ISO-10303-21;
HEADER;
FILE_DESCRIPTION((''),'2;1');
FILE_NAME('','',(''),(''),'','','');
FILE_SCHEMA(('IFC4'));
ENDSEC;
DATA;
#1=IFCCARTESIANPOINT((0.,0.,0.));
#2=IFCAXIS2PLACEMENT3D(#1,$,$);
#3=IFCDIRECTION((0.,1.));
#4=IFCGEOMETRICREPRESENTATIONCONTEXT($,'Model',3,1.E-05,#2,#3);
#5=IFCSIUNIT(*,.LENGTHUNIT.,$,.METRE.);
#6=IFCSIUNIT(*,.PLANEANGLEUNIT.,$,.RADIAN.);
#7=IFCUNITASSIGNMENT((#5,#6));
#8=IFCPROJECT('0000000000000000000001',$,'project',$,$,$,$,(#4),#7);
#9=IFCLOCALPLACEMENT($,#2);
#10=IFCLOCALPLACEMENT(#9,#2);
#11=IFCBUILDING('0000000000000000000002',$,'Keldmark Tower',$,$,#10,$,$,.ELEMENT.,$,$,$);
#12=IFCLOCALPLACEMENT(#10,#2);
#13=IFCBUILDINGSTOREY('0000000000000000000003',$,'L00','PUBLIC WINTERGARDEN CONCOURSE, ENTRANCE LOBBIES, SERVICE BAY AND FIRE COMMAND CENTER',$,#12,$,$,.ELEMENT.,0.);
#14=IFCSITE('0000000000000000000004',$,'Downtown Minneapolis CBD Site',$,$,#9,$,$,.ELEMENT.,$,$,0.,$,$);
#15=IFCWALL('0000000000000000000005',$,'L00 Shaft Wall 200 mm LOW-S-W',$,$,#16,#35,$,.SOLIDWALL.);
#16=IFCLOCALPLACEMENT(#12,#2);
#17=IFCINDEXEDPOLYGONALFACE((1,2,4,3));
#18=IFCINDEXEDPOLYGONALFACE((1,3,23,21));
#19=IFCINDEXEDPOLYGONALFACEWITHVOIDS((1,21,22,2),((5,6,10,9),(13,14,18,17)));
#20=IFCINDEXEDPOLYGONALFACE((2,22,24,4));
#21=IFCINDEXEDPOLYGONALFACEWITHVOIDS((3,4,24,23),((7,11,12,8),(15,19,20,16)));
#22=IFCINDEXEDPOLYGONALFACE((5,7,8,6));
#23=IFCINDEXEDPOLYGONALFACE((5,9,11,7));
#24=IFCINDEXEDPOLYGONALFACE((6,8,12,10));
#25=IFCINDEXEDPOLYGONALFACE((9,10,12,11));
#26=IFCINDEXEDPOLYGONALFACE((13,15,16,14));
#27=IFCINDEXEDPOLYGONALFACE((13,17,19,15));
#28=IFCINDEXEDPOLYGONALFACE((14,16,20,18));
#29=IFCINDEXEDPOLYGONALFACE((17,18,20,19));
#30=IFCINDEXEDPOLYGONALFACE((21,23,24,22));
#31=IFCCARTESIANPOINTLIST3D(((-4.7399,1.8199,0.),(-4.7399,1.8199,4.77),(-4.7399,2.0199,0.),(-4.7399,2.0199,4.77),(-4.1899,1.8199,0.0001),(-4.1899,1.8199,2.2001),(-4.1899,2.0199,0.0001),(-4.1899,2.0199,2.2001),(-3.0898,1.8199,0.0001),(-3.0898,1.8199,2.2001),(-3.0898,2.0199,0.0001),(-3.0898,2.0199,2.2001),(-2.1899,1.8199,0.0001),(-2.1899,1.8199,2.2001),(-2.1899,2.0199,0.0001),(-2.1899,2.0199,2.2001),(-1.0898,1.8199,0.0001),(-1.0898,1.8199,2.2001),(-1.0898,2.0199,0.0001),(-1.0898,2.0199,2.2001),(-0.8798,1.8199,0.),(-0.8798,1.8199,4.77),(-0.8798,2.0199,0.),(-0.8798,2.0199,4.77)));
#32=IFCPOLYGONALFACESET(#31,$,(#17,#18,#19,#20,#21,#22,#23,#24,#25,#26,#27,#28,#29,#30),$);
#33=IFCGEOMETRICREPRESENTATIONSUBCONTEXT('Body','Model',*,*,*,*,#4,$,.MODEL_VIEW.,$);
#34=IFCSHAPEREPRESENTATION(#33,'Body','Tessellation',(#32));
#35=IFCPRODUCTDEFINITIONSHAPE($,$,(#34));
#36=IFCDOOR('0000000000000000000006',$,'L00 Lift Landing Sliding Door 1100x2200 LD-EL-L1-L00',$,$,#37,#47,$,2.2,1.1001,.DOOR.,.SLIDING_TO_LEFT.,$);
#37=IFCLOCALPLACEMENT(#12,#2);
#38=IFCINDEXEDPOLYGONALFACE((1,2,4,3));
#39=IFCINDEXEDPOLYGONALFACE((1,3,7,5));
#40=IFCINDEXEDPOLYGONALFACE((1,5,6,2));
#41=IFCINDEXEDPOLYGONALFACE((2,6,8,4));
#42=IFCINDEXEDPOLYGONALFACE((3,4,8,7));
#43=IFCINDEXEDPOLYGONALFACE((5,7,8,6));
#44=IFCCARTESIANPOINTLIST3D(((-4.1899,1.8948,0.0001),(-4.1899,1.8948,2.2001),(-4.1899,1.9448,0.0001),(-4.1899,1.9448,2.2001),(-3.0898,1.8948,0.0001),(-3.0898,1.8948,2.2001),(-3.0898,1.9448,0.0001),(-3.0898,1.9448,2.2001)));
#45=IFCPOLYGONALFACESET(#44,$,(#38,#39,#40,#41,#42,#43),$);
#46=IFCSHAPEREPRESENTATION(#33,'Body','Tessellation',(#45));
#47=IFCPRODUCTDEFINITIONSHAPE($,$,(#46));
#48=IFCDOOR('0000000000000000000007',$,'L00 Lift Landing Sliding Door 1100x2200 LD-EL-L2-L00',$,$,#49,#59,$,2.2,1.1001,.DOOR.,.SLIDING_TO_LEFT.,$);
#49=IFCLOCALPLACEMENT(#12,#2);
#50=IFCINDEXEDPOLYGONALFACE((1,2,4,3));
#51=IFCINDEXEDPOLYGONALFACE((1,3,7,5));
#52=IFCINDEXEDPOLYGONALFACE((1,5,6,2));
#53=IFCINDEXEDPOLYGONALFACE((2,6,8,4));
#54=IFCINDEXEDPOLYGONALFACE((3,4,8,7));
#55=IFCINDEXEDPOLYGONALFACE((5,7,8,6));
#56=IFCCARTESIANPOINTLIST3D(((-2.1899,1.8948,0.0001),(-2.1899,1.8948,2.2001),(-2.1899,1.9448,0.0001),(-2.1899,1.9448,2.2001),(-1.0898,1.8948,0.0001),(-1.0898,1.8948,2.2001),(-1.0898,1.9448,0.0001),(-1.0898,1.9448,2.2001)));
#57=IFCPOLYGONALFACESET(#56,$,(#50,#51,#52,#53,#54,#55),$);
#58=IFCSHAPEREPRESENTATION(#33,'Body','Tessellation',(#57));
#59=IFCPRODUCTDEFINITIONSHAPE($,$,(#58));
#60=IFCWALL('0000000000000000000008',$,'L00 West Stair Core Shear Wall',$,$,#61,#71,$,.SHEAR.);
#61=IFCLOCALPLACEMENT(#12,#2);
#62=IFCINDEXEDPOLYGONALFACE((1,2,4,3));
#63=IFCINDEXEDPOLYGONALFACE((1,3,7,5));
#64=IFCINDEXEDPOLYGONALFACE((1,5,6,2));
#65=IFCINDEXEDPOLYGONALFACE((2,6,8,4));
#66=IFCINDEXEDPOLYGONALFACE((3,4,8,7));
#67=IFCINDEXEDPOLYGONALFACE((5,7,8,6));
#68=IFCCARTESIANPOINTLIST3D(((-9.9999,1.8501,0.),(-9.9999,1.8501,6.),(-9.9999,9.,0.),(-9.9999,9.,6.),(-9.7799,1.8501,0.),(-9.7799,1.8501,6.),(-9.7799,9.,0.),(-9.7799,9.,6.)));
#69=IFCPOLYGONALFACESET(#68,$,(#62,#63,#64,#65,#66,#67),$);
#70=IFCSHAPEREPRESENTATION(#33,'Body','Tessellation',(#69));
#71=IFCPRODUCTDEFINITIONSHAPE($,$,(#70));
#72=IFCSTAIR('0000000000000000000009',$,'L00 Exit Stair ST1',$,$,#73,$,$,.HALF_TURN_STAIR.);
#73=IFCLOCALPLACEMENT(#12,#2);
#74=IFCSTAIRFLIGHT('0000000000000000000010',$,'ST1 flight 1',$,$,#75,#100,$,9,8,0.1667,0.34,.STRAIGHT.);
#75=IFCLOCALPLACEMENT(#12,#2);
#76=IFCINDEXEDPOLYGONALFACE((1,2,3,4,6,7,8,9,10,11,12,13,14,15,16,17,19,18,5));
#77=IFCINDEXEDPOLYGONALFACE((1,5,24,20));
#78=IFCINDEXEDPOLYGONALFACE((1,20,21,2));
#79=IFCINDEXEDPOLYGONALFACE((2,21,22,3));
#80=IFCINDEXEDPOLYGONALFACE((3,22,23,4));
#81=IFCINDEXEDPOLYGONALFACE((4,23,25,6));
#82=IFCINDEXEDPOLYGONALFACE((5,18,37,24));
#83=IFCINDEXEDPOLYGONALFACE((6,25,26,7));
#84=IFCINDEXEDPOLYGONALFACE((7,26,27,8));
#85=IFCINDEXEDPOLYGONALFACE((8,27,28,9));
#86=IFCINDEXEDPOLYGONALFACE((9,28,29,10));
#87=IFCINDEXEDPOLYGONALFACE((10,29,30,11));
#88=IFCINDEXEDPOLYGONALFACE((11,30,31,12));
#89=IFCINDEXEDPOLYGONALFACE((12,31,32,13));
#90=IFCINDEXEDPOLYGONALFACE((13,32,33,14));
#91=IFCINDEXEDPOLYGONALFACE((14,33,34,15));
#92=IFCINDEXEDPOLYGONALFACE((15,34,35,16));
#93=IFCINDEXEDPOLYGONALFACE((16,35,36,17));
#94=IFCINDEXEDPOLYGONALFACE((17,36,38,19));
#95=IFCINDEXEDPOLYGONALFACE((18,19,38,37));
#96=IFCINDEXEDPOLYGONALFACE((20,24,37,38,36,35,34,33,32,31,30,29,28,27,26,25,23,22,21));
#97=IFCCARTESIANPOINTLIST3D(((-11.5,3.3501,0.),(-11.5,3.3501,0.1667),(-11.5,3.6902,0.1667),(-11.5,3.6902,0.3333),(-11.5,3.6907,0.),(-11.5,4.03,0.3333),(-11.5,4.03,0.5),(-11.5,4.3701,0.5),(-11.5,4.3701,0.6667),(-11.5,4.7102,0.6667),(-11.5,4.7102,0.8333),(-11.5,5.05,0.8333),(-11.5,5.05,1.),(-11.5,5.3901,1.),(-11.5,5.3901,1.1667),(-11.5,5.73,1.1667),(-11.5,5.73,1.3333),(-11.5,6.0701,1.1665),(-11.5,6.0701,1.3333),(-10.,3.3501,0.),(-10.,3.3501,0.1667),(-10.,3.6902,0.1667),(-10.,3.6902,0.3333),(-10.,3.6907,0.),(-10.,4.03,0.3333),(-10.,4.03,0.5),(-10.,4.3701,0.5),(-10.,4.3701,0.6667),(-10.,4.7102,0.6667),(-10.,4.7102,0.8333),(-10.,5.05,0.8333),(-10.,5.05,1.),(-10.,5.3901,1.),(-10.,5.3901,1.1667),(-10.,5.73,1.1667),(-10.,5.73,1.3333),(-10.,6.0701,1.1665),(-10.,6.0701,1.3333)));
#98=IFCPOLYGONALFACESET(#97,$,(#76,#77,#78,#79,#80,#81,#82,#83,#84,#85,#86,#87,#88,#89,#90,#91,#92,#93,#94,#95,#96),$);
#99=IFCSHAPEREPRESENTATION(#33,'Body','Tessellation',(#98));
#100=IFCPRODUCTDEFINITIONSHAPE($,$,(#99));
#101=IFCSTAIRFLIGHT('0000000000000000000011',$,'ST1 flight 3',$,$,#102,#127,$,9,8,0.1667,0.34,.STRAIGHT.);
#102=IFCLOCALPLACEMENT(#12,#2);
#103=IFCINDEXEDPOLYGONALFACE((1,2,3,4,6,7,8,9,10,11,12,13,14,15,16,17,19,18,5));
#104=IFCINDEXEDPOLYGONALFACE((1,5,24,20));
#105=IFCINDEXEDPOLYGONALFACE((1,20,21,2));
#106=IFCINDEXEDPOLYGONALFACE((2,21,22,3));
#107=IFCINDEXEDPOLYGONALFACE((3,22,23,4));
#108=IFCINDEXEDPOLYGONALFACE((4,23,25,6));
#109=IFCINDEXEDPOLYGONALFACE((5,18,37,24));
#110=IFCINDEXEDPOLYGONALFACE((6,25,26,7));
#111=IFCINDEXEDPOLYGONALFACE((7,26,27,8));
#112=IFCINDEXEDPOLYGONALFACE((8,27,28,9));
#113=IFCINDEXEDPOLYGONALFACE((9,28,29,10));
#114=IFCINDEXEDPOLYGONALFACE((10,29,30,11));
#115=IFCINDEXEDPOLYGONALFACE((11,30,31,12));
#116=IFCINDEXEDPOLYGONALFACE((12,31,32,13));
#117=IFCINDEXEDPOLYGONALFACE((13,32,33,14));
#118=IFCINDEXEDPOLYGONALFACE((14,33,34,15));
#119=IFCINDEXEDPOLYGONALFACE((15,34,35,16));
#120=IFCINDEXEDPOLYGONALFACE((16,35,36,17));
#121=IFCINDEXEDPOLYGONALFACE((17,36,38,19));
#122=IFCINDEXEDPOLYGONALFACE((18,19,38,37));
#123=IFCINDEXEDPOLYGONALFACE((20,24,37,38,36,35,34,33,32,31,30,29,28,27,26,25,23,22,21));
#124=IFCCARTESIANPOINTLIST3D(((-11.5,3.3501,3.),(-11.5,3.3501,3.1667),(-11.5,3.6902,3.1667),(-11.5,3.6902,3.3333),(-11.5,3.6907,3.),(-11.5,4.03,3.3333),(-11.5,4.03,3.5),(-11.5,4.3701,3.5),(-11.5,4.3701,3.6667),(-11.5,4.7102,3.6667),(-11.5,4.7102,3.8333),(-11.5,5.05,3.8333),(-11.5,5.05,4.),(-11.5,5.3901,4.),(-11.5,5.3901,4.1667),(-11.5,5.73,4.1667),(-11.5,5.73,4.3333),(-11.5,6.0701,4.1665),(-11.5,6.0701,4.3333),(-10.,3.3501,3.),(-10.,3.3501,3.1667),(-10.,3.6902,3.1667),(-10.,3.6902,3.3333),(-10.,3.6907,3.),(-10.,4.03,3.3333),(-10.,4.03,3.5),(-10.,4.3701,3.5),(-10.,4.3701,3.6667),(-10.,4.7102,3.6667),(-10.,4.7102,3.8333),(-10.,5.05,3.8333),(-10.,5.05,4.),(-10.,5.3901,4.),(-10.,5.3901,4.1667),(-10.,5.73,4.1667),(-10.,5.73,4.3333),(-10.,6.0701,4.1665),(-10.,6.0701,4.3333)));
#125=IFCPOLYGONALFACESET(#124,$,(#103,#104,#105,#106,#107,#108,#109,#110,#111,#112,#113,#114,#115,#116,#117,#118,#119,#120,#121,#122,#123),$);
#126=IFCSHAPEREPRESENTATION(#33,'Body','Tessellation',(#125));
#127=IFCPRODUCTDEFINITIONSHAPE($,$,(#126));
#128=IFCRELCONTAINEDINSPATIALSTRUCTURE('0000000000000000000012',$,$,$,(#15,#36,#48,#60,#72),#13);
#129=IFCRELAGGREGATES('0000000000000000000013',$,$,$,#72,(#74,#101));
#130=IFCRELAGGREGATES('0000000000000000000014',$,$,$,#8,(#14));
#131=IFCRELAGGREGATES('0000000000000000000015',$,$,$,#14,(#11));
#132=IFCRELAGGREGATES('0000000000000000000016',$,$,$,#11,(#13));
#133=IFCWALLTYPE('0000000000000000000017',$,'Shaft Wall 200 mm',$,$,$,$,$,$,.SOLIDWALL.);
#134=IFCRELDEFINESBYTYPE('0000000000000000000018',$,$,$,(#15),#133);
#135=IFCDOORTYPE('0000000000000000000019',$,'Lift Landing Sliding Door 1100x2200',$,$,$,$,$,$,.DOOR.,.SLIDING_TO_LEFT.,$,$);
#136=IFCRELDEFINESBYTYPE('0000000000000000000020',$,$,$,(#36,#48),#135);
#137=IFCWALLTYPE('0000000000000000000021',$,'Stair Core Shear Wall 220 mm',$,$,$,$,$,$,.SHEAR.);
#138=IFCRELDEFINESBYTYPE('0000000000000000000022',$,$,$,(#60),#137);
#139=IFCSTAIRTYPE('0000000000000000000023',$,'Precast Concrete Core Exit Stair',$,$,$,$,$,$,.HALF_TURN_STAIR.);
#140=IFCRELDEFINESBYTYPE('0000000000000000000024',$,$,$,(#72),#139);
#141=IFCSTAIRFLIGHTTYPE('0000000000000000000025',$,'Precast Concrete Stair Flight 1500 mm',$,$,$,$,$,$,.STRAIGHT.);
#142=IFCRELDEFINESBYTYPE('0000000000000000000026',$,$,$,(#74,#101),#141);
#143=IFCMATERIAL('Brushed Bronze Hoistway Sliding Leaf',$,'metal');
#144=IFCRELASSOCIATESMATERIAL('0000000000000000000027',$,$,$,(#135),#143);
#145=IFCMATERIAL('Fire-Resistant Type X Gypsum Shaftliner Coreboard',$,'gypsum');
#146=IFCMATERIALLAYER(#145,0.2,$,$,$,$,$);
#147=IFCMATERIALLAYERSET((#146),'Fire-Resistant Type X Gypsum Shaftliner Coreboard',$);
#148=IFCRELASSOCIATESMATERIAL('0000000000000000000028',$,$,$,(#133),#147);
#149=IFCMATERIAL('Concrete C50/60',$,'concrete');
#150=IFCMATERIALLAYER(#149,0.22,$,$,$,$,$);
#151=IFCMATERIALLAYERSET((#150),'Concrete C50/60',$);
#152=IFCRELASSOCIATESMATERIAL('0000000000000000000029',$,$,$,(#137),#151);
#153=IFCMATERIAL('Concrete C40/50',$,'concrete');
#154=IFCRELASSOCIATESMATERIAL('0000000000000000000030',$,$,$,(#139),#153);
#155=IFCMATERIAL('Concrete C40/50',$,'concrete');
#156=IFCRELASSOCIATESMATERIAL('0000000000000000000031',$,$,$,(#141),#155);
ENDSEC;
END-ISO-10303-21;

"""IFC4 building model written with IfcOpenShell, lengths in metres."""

from ifc_helpers import new_model, si_unit, direction, frame, frame_2d, origin, place, context, subcontext, project, spatial, polyline, rectangle, outline, extrude, material, layer, layer_set, type_object, element, fill, aggregate, save


model = new_model("IFC4")

# Units and contexts
model_context = context("Model", 3, precision=1e-05, world=origin(), true_north=direction((0.0, 1.0)))
body_context = subcontext(model_context, "Body", "Model", "MODEL_VIEW")
ifc_project = project(units=[si_unit("LENGTHUNIT", "METRE"), si_unit("PLANEANGLEUNIT", "RADIAN")], contexts=[model_context])

# Site, building, storey
site_placement = place(None, origin())
site = spatial("IfcSite", under=ifc_project, at=site_placement, Name="Downtown Minneapolis CBD Site", CompositionType="ELEMENT", RefElevation=0.0)
building_placement = place(site_placement, origin())
building = spatial("IfcBuilding", under=site, at=building_placement, Name="Keldmark Tower", CompositionType="ELEMENT")
storey_placement = place(building_placement, origin())
storey = spatial("IfcBuildingStorey", under=building, at=storey_placement, Name="L00", Description="PUBLIC WINTERGARDEN CONCOURSE, ENTRANCE LOBBIES, SERVICE BAY AND FIRE COMMAND CENTER", CompositionType="ELEMENT", Elevation=0.0)

# Shared definitions
ifc_material_1 = material(Name="Brushed Bronze Hoistway Sliding Leaf", Category="metal")
door_type_1 = type_object("IfcDoorType", Name="Lift Landing Sliding Door 1100x2200", OperationType="SLIDING_TO_LEFT", PredefinedType="DOOR", material=ifc_material_1)

# Shared definitions
ifc_material_2 = material(Name="Fire-Resistant Type X Gypsum Shaftliner Coreboard", Category="gypsum")
ifc_layer_1 = layer(ifc_material_2, 0.2)
ifc_layer_set_1 = layer_set([ifc_layer_1], Name="Fire-Resistant Type X Gypsum Shaftliner Coreboard")
wall_type_1 = type_object("IfcWallType", Name="Shaft Wall 200 mm", PredefinedType="SOLIDWALL", material=ifc_layer_set_1)

# Wall, openings, doors
wall_1_placement = place(storey_placement, frame((-4.74, 1.9199, 0.0), z_axis=(0.0, 0.0, 1.0), x_axis=(1.0, 0.0, 0.0)))
wall_1 = element("IfcWall", 1, at=wall_1_placement, inside=storey, type_object=wall_type_1, Name="L00 Shaft Wall 200 mm LOW-S-W", PredefinedType="SOLIDWALL", context=body_context, shape_type="SweptSolid", body=[
    extrude(rectangle(XDim=3.8601, YDim=0.2, at=frame_2d((1.9302, 0.0))), origin(), (0.0, 0.0, 1.0), 4.77),
])
opening_1_placement = place(wall_1_placement, frame((0.55, 0.0, 0.0)))
opening_1 = element("IfcOpeningElement", 2, at=opening_1_placement, cuts=wall_1, PredefinedType="OPENING", context=body_context, shape_type="SweptSolid", body=[
    extrude(rectangle(XDim=1.1001, YDim=2.2, at=frame_2d((0.55, 1.1001))), frame((0.0, 0.1099, 0.0), z_axis=(0.0, -1.0, 0.0), x_axis=(1.0, 0.0, 0.0)), (0.0, 0.0, 1.0), 0.22),
])
opening_2_placement = place(wall_1_placement, frame((2.55, 0.0, 0.0)))
opening_2 = element("IfcOpeningElement", 3, at=opening_2_placement, cuts=wall_1, PredefinedType="OPENING", context=body_context, shape_type="SweptSolid", body=[
    extrude(rectangle(XDim=1.1001, YDim=2.2, at=frame_2d((0.55, 1.1001))), frame((0.0, 0.1099, 0.0), z_axis=(0.0, -1.0, 0.0), x_axis=(1.0, 0.0, 0.0)), (0.0, 0.0, 1.0), 0.22),
])
door_1_placement = place(opening_1_placement, origin())
door_1 = element("IfcDoor", 4, at=door_1_placement, inside=storey, type_object=door_type_1, Name="L00 Lift Landing Sliding Door 1100x2200 LD-EL-L1-L00", OperationType="SLIDING_TO_LEFT", OverallHeight=2.2, OverallWidth=1.1001, PredefinedType="DOOR", context=body_context, shape_type="SweptSolid", body=[
    extrude(rectangle(XDim=1.1001, YDim=2.2, at=frame_2d((0.55, 1.1001))), frame((0.0, 0.0249, 0.0), z_axis=(0.0, -1.0, 0.0), x_axis=(1.0, 0.0, 0.0)), (0.0, 0.0, 1.0), 0.05),
])
fill(opening_1, door_1)
door_2_placement = place(opening_2_placement, origin())
door_2 = element("IfcDoor", 5, at=door_2_placement, inside=storey, type_object=door_type_1, Name="L00 Lift Landing Sliding Door 1100x2200 LD-EL-L2-L00", OperationType="SLIDING_TO_LEFT", OverallHeight=2.2, OverallWidth=1.1001, PredefinedType="DOOR", context=body_context, shape_type="SweptSolid", body=[
    extrude(rectangle(XDim=1.1001, YDim=2.2, at=frame_2d((0.55, 1.1001))), frame((0.0, 0.0249, 0.0), z_axis=(0.0, -1.0, 0.0), x_axis=(1.0, 0.0, 0.0)), (0.0, 0.0, 1.0), 0.05),
])
fill(opening_2, door_2)

# Wall
ifc_material_3 = material(Name="Concrete C50/60", Category="concrete")
ifc_layer_2 = layer(ifc_material_3, 0.22)
ifc_layer_set_2 = layer_set([ifc_layer_2], Name="Concrete C50/60")
wall_type_2 = type_object("IfcWallType", Name="Stair Core Shear Wall 220 mm", PredefinedType="SHEAR", material=ifc_layer_set_2)
wall_2_placement = place(storey_placement, frame((-9.8899, 1.8501, 0.0), z_axis=(0.0, 0.0, 1.0), x_axis=(0.0, 1.0, 0.0)))
element("IfcWall", 6, at=wall_2_placement, inside=storey, type_object=wall_type_2, Name="L00 West Stair Core Shear Wall", PredefinedType="SHEAR", context=body_context, shape_type="SweptSolid", body=[
    extrude(rectangle(XDim=7.1499, YDim=0.22, at=frame_2d((3.575, 0.0))), origin(), (0.0, 0.0, 1.0), 6.0),
])

# Stair, stair flights
ifc_material_4 = material(Name="Concrete C40/50", Category="concrete")
stair_type = type_object("IfcStairType", Name="Precast Concrete Core Exit Stair", PredefinedType="HALF_TURN_STAIR", material=ifc_material_4)
stair_placement = place(storey_placement, origin())
stair = element("IfcStair", 7, at=stair_placement, inside=storey, type_object=stair_type, Name="L00 Exit Stair ST1", PredefinedType="HALF_TURN_STAIR")
ifc_material_5 = material(Name="Concrete C40/50", Category="concrete")
stair_flight_type = type_object("IfcStairFlightType", Name="Precast Concrete Stair Flight 1500 mm", PredefinedType="STRAIGHT", material=ifc_material_5)
stair_flight_1_placement = place(storey_placement, frame((-10.75, 3.3501, 0.0), z_axis=(0.0, 0.0, 1.0), x_axis=(0.0, 1.0, 0.0)))
stair_flight_1 = element("IfcStairFlight", 8, at=stair_flight_1_placement, type_object=stair_flight_type, Name="ST1 flight 1", NumberOfRisers=9, NumberOfTreads=8, PredefinedType="STRAIGHT", RiserHeight=0.1667, TreadLength=0.34, context=body_context, shape_type="SweptSolid", body=[
    extrude(outline(polyline([(0.0, 0.0), (0.0, 0.1667), (0.3401, 0.1667), (0.3401, 0.3333), (0.6799, 0.3333), (0.6799, 0.5), (1.02, 0.5), (1.02, 0.6667), (1.3601, 0.6667), (1.3601, 0.8333), (1.7, 0.8333), (1.7, 1.0), (2.04, 1.0), (2.04, 1.1667), (2.3799, 1.1667), (2.3799, 1.3333), (2.72, 1.3333), (2.72, 1.5), (2.72, 1.1665), (0.3406, 0.0), (0.0, 0.0)])), frame((0.0, 0.75, 0.0), z_axis=(0.0, -1.0, 0.0), x_axis=(1.0, 0.0, 0.0)), (0.0, 0.0, 1.0), 1.5),
])
stair_flight_2_placement = place(storey_placement, frame((-10.75, 3.3501, 3.0), z_axis=(0.0, 0.0, 1.0), x_axis=(0.0, 1.0, 0.0)))
stair_flight_2 = element("IfcStairFlight", 9, at=stair_flight_2_placement, type_object=stair_flight_type, Name="ST1 flight 3", NumberOfRisers=9, NumberOfTreads=8, PredefinedType="STRAIGHT", RiserHeight=0.1667, TreadLength=0.34, context=body_context, shape_type="SweptSolid", body=[
    extrude(outline(polyline([(0.0, 0.0), (0.0, 0.1667), (0.3401, 0.1667), (0.3401, 0.3333), (0.6799, 0.3333), (0.6799, 0.5), (1.02, 0.5), (1.02, 0.6667), (1.3601, 0.6667), (1.3601, 0.8333), (1.7, 0.8333), (1.7, 1.0), (2.04, 1.0), (2.04, 1.1667), (2.3799, 1.1667), (2.3799, 1.3333), (2.72, 1.3333), (2.72, 1.5), (2.72, 1.1665), (0.3406, 0.0), (0.0, 0.0)])), frame((0.0, 0.75, 0.0), z_axis=(0.0, -1.0, 0.0), x_axis=(1.0, 0.0, 0.0)), (0.0, 0.0, 1.0), 1.5),
])
aggregate(stair, [stair_flight_1, stair_flight_2])

save(model, "model.ifc")
